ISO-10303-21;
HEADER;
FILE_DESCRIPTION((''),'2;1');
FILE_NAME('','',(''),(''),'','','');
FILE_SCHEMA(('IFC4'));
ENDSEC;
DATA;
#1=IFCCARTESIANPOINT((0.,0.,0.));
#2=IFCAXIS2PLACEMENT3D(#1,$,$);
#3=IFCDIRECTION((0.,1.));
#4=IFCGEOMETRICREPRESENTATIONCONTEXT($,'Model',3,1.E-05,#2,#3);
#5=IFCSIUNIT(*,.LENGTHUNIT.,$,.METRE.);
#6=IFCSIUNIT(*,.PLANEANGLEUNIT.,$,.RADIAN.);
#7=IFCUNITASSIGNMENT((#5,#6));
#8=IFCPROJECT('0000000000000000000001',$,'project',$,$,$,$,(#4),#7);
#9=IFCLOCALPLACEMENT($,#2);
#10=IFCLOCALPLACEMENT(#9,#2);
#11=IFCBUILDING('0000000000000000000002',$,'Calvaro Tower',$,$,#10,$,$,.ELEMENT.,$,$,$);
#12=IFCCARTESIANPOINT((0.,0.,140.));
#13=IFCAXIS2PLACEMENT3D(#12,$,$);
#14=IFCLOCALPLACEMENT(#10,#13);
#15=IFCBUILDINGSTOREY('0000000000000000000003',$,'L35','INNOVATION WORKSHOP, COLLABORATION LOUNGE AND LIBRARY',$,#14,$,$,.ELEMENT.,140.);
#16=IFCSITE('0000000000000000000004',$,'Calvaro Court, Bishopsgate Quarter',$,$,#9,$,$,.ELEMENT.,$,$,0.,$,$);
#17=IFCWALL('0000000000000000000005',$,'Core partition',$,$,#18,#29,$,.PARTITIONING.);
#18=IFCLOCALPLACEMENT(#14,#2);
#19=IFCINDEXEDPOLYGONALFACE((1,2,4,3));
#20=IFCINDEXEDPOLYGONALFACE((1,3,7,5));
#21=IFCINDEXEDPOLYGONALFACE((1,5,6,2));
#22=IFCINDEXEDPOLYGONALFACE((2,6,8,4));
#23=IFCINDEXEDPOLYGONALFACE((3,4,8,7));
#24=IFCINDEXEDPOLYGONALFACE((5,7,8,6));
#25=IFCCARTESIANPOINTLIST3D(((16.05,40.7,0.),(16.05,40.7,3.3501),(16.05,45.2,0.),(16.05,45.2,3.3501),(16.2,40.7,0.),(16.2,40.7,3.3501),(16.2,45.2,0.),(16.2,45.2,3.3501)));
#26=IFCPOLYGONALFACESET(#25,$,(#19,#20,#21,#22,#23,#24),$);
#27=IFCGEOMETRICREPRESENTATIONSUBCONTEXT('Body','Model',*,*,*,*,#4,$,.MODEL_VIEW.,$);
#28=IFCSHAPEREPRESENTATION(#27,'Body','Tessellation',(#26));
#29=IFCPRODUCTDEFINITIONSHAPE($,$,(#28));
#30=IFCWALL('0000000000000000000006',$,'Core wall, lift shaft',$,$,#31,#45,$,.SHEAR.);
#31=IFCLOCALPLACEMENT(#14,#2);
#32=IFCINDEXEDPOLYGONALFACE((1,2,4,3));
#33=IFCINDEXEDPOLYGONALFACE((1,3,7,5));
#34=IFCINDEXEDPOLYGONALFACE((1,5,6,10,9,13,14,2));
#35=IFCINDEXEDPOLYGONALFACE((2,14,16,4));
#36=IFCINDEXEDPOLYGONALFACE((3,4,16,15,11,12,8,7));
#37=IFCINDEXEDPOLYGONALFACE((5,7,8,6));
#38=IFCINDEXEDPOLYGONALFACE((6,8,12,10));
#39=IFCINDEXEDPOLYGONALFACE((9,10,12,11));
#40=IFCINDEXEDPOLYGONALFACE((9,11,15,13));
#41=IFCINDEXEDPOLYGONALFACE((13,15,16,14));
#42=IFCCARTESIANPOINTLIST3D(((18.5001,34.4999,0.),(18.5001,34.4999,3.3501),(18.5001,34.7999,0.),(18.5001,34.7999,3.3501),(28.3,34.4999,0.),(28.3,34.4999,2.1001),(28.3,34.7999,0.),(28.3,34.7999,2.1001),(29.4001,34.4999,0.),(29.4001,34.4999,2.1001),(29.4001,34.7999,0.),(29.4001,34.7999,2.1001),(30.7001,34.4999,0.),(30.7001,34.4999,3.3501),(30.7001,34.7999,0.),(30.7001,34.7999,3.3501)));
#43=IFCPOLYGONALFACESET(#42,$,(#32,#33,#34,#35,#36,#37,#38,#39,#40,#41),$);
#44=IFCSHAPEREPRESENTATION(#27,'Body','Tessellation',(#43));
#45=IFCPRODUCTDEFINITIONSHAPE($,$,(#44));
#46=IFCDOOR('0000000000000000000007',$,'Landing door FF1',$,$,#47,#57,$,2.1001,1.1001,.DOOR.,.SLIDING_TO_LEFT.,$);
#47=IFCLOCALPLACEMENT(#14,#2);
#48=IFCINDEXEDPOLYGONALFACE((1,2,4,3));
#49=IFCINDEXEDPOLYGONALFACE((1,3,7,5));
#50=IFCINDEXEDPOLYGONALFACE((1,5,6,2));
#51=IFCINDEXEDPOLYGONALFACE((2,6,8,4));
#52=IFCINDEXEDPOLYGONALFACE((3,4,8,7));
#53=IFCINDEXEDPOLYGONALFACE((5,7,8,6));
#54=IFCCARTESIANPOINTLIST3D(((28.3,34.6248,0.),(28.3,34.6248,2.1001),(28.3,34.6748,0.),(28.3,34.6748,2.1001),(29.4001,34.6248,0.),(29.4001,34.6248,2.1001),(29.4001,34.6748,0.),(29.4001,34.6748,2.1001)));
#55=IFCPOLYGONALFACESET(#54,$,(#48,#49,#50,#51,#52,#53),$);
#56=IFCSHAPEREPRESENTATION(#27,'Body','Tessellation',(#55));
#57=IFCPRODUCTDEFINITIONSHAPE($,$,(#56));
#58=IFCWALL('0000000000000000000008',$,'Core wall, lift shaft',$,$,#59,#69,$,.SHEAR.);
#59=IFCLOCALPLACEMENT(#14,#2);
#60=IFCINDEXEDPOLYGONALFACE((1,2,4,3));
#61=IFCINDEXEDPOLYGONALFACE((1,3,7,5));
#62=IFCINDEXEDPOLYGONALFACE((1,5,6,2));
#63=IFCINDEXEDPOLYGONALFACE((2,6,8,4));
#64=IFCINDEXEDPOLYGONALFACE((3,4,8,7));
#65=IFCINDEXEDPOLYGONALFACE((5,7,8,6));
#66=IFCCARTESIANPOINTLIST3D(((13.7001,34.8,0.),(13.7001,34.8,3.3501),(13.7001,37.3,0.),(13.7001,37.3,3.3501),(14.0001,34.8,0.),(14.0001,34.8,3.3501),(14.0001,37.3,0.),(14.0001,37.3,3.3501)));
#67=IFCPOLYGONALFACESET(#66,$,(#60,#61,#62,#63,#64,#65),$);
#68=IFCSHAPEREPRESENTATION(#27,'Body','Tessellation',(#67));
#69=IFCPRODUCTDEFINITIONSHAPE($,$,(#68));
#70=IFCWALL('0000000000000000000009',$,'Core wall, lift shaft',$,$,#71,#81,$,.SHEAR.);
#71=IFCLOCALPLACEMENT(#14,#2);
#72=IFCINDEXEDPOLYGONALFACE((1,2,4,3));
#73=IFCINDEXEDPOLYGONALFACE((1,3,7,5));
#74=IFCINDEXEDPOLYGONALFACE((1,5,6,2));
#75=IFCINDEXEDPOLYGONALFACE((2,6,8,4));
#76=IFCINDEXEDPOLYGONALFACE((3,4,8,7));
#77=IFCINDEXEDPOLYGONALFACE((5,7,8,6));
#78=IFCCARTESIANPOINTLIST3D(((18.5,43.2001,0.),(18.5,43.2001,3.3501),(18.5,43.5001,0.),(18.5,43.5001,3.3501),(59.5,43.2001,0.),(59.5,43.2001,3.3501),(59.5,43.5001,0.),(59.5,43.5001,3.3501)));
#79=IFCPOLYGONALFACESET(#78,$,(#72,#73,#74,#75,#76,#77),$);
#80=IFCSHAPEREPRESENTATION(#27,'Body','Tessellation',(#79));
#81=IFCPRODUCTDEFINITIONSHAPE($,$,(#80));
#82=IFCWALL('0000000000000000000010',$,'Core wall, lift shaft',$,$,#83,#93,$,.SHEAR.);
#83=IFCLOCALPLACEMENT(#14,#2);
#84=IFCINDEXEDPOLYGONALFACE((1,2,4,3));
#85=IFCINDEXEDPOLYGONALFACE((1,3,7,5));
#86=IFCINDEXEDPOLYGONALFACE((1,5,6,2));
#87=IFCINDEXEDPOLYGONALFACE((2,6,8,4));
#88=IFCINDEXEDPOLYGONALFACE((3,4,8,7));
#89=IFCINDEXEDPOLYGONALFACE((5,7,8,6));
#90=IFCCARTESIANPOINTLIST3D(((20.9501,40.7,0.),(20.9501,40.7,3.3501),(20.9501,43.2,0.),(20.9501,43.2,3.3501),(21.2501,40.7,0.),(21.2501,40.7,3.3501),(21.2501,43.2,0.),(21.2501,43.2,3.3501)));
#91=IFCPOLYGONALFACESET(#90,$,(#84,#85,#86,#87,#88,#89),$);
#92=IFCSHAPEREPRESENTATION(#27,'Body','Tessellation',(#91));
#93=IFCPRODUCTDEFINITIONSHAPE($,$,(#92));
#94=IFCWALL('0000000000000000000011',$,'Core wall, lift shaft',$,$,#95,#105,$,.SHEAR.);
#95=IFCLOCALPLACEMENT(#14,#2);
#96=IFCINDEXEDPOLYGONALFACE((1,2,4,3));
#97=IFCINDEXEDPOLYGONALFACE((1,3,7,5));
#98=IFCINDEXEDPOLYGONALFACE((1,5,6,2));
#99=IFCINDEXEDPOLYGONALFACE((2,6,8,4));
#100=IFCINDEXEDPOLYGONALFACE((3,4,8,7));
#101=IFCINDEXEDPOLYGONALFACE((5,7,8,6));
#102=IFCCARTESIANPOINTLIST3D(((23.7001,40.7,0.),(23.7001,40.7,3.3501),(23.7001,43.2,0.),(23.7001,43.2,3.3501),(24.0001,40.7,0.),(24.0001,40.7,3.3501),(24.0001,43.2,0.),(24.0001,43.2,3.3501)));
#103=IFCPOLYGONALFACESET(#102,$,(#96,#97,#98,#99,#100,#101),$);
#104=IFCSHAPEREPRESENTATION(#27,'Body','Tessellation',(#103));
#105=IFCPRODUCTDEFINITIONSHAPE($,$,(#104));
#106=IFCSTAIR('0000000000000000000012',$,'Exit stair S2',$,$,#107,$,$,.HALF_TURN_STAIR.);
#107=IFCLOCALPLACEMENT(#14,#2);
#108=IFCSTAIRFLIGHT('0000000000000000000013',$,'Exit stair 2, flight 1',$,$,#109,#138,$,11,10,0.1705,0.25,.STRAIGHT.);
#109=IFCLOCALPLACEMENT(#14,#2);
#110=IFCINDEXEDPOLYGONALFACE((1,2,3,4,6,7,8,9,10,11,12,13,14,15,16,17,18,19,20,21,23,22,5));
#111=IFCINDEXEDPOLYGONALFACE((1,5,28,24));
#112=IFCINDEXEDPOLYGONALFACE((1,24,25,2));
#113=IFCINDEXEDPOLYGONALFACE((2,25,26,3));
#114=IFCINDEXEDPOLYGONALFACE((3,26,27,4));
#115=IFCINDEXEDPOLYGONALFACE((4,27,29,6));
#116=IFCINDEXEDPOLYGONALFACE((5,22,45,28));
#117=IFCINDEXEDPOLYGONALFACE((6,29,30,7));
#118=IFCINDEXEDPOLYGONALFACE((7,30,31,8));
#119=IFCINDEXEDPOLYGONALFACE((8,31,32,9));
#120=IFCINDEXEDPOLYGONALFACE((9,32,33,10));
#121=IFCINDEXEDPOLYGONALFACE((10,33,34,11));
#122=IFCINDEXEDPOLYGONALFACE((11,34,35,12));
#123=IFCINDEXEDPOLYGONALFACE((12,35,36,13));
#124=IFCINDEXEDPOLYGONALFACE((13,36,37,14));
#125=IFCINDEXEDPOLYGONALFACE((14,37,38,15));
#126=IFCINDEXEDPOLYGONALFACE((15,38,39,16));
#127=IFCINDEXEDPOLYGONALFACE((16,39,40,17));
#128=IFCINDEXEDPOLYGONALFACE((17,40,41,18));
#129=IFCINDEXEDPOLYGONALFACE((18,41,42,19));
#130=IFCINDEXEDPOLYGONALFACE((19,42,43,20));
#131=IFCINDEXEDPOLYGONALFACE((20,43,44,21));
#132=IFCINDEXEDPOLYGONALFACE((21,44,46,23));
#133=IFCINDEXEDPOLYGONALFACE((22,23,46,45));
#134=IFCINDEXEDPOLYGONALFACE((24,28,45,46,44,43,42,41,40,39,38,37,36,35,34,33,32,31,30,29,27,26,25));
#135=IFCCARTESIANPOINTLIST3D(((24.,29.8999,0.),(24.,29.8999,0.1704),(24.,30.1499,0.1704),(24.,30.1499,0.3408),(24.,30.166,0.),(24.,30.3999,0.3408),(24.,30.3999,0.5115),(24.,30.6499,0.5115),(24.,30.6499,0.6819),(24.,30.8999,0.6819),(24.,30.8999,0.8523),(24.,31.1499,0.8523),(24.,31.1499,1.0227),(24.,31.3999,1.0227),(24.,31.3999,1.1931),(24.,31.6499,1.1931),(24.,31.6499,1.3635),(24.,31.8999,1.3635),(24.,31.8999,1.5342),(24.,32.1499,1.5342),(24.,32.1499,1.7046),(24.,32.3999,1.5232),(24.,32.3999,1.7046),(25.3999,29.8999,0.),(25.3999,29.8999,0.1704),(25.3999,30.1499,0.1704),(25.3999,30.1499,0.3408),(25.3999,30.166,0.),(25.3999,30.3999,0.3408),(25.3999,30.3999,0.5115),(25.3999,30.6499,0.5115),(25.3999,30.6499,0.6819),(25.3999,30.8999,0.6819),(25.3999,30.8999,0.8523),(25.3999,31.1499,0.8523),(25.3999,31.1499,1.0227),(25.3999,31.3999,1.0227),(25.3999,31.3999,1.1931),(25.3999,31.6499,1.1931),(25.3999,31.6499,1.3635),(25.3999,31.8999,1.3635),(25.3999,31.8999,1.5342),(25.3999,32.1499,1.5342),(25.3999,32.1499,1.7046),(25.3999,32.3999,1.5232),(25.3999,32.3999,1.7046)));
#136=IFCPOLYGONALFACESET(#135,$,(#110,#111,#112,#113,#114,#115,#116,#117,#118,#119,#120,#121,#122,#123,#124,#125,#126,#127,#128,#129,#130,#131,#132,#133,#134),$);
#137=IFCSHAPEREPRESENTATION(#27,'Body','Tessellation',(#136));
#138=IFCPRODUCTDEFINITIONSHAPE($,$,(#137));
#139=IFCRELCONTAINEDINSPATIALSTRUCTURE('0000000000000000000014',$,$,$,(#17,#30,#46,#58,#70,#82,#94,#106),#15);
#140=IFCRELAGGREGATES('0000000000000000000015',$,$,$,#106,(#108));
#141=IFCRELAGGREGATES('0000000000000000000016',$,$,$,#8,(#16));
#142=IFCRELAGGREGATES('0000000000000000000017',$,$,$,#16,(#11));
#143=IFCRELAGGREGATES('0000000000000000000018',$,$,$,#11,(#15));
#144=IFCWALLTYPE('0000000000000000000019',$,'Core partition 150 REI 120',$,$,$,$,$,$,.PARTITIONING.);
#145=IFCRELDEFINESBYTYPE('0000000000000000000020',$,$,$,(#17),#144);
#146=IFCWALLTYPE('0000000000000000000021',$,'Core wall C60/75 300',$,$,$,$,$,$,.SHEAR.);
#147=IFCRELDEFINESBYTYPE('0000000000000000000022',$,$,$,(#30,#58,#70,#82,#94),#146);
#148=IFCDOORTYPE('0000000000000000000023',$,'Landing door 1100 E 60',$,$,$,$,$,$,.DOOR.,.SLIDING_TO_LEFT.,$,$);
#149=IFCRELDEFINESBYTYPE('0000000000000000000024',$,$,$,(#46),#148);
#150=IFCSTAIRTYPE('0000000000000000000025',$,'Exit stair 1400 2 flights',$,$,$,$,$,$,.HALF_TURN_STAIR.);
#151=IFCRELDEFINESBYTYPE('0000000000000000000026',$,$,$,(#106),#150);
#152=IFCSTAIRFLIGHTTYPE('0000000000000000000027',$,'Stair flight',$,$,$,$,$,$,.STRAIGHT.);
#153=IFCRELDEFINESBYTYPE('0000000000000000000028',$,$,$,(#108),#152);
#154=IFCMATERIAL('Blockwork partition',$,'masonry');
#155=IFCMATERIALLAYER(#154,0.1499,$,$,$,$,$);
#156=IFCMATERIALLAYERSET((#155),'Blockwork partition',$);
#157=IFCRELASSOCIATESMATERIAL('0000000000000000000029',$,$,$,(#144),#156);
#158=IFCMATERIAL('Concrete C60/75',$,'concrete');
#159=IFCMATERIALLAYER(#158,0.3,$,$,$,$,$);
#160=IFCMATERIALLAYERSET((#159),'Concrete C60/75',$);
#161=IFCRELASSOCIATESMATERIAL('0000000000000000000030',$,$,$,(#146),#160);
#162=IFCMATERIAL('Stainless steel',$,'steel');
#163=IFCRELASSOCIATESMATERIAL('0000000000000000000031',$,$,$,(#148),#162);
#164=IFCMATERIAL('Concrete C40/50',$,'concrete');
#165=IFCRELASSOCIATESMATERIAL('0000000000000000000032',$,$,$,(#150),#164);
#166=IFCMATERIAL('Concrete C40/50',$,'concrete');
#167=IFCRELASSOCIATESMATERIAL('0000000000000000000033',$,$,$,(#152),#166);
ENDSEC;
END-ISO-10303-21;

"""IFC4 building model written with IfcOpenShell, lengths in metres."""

from ifc_helpers import new_model, si_unit, direction, frame, frame_2d, origin, place, context, subcontext, project, spatial, polyline, rectangle, outline, extrude, material, layer, layer_set, type_object, element, fill, aggregate, save


model = new_model("IFC4")

# Units and contexts
model_context = context("Model", 3, precision=1e-05, world=origin(), true_north=direction((0.0, 1.0)))
body_context = subcontext(model_context, "Body", "Model", "MODEL_VIEW")
ifc_project = project(units=[si_unit("LENGTHUNIT", "METRE"), si_unit("PLANEANGLEUNIT", "RADIAN")], contexts=[model_context])

# Site, building, storey
site_placement = place(None, origin())
site = spatial("IfcSite", under=ifc_project, at=site_placement, Name="Calvaro Court, Bishopsgate Quarter", CompositionType="ELEMENT", RefElevation=0.0)
building_placement = place(site_placement, origin())
building = spatial("IfcBuilding", under=site, at=building_placement, Name="Calvaro Tower", CompositionType="ELEMENT")
storey_placement = place(building_placement, frame((0.0, 0.0, 140.0)))
storey = spatial("IfcBuildingStorey", under=building, at=storey_placement, Name="L35", Description="INNOVATION WORKSHOP, COLLABORATION LOUNGE AND LIBRARY", CompositionType="ELEMENT", Elevation=140.0)

# Wall
ifc_material_1 = material(Name="Blockwork partition", Category="masonry")
ifc_layer_1 = layer(ifc_material_1, 0.1499)
ifc_layer_set_1 = layer_set([ifc_layer_1], Name="Blockwork partition")
wall_type_1 = type_object("IfcWallType", Name="Core partition 150 REI 120", PredefinedType="PARTITIONING", material=ifc_layer_set_1)
wall_1_placement = place(storey_placement, frame((16.125, 40.7, 0.0), z_axis=(0.0, 0.0, 1.0), x_axis=(0.0, 1.0, 0.0)))
element("IfcWall", 1, at=wall_1_placement, inside=storey, type_object=wall_type_1, Name="Core partition", PredefinedType="PARTITIONING", context=body_context, shape_type="SweptSolid", body=[
    extrude(rectangle(XDim=4.5, YDim=0.1499, at=frame_2d((2.25, 0.0))), origin(), (0.0, 0.0, 1.0), 3.3501),
])

# Wall, opening, door
ifc_material_2 = material(Name="Concrete C60/75", Category="concrete")
ifc_layer_2 = layer(ifc_material_2, 0.3)
ifc_layer_set_2 = layer_set([ifc_layer_2], Name="Concrete C60/75")
wall_type_2 = type_object("IfcWallType", Name="Core wall C60/75 300", PredefinedType="SHEAR", material=ifc_layer_set_2)
wall_2_placement = place(storey_placement, frame((18.5, 34.6499, 0.0), z_axis=(0.0, 0.0, 1.0), x_axis=(1.0, 0.0, 0.0)))
wall_2 = element("IfcWall", 2, at=wall_2_placement, inside=storey, type_object=wall_type_2, Name="Core wall, lift shaft", PredefinedType="SHEAR", context=body_context, shape_type="SweptSolid", body=[
    extrude(rectangle(XDim=12.2, YDim=0.3, at=frame_2d((6.1001, 0.0))), origin(), (0.0, 0.0, 1.0), 3.3501),
])
opening_1_placement = place(wall_2_placement, frame((9.8, 0.0, 0.0)))
opening_1 = element("IfcOpeningElement", 3, at=opening_1_placement, cuts=wall_2, PredefinedType="OPENING", context=body_context, shape_type="SweptSolid", body=[
    extrude(rectangle(XDim=1.1001, YDim=2.1001, at=frame_2d((0.55, 1.05))), frame((0.0, 0.1599, 0.0), z_axis=(0.0, -1.0, 0.0), x_axis=(1.0, 0.0, 0.0)), (0.0, 0.0, 1.0), 0.3201),
])
ifc_material_3 = material(Name="Stainless steel", Category="steel")
door_type_1 = type_object("IfcDoorType", Name="Landing door 1100 E 60", OperationType="SLIDING_TO_LEFT", PredefinedType="DOOR", material=ifc_material_3)
door_1_placement = place(opening_1_placement, origin())
door_1 = element("IfcDoor", 4, at=door_1_placement, inside=storey, type_object=door_type_1, Name="Landing door FF1", OperationType="SLIDING_TO_LEFT", OverallHeight=2.1001, OverallWidth=1.1001, PredefinedType="DOOR", context=body_context, shape_type="SweptSolid", body=[
    extrude(rectangle(XDim=1.1001, YDim=2.1001, at=frame_2d((0.55, 1.05))), frame((0.0, 0.0249, 0.0), z_axis=(0.0, -1.0, 0.0), x_axis=(1.0, 0.0, 0.0)), (0.0, 0.0, 1.0), 0.05),
])
fill(opening_1, door_1)

# Wall
wall_3_placement = place(storey_placement, frame((13.8501, 34.8, 0.0), z_axis=(0.0, 0.0, 1.0), x_axis=(0.0, 1.0, 0.0)))
element("IfcWall", 5, at=wall_3_placement, inside=storey, type_object=wall_type_2, Name="Core wall, lift shaft", PredefinedType="SHEAR", context=body_context, shape_type="SweptSolid", body=[
    extrude(rectangle(XDim=2.5, YDim=0.3, at=frame_2d((1.25, 0.0))), origin(), (0.0, 0.0, 1.0), 3.3501),
])

# Walls
wall_4_placement = place(storey_placement, frame((18.5, 43.3501, 0.0), z_axis=(0.0, 0.0, 1.0), x_axis=(1.0, 0.0, 0.0)))
element("IfcWall", 6, at=wall_4_placement, inside=storey, type_object=wall_type_2, Name="Core wall, lift shaft", PredefinedType="SHEAR", context=body_context, shape_type="SweptSolid", body=[
    extrude(rectangle(XDim=41.0, YDim=0.3, at=frame_2d((20.5, 0.0))), origin(), (0.0, 0.0, 1.0), 3.3501),
])
for number, where, z_axis, x_axis, name in (
    (7, (21.1001, 40.7, 0.0), (0.0, 0.0, 1.0), (0.0, 1.0, 0.0), "Core wall, lift shaft"),
    (8, (23.8501, 40.7, 0.0), (0.0, 0.0, 1.0), (0.0, 1.0, 0.0), "Core wall, lift shaft"),
):
    element("IfcWall", number, at=place(storey_placement, frame(where, z_axis=z_axis, x_axis=x_axis)), inside=storey, type_object=wall_type_2, Name=name, PredefinedType="SHEAR", context=body_context, shape_type="SweptSolid", body=[
        extrude(rectangle(XDim=2.5, YDim=0.3, at=frame_2d((1.25, 0.0))), origin(), (0.0, 0.0, 1.0), 3.3501),
    ])

# Stair, stair flight
ifc_material_4 = material(Name="Concrete C40/50", Category="concrete")
stair_type = type_object("IfcStairType", Name="Exit stair 1400 2 flights", PredefinedType="HALF_TURN_STAIR", material=ifc_material_4)
stair_1_placement = place(storey_placement, origin())
stair_1 = element("IfcStair", 9, at=stair_1_placement, inside=storey, type_object=stair_type, Name="Exit stair S2", PredefinedType="HALF_TURN_STAIR")
ifc_material_5 = material(Name="Concrete C40/50", Category="concrete")
stair_flight_type = type_object("IfcStairFlightType", Name="Stair flight", PredefinedType="STRAIGHT", material=ifc_material_5)
stair_flight_placement = place(storey_placement, frame((24.7, 29.8999, 0.0), z_axis=(0.0, 0.0, 1.0), x_axis=(0.0, 1.0, 0.0)))
stair_flight = element("IfcStairFlight", 10, at=stair_flight_placement, type_object=stair_flight_type, Name="Exit stair 2, flight 1", NumberOfRisers=11, NumberOfTreads=10, PredefinedType="STRAIGHT", RiserHeight=0.1705, TreadLength=0.25, context=body_context, shape_type="SweptSolid", body=[
    extrude(outline(polyline([(0.0, 0.0), (0.0, 0.1704), (0.25, 0.1704), (0.25, 0.3408), (0.5, 0.3408), (0.5, 0.5115), (0.75, 0.5115), (0.75, 0.6819), (1.0, 0.6819), (1.0, 0.8523), (1.25, 0.8523), (1.25, 1.0227), (1.5, 1.0227), (1.5, 1.1931), (1.75, 1.1931), (1.75, 1.3635), (2.0, 1.3635), (2.0, 1.5342), (2.25, 1.5342), (2.25, 1.7046), (2.5, 1.7046), (2.5, 1.875), (2.5, 1.5232), (0.2661, 0.0), (0.0, 0.0)])), frame((0.0, 0.7, 0.0), z_axis=(0.0, -1.0, 0.0), x_axis=(1.0, 0.0, 0.0)), (0.0, 0.0, 1.0), 1.3999),
])

aggregate(stair_1, [stair_flight])

save(model, "model.ifc")
